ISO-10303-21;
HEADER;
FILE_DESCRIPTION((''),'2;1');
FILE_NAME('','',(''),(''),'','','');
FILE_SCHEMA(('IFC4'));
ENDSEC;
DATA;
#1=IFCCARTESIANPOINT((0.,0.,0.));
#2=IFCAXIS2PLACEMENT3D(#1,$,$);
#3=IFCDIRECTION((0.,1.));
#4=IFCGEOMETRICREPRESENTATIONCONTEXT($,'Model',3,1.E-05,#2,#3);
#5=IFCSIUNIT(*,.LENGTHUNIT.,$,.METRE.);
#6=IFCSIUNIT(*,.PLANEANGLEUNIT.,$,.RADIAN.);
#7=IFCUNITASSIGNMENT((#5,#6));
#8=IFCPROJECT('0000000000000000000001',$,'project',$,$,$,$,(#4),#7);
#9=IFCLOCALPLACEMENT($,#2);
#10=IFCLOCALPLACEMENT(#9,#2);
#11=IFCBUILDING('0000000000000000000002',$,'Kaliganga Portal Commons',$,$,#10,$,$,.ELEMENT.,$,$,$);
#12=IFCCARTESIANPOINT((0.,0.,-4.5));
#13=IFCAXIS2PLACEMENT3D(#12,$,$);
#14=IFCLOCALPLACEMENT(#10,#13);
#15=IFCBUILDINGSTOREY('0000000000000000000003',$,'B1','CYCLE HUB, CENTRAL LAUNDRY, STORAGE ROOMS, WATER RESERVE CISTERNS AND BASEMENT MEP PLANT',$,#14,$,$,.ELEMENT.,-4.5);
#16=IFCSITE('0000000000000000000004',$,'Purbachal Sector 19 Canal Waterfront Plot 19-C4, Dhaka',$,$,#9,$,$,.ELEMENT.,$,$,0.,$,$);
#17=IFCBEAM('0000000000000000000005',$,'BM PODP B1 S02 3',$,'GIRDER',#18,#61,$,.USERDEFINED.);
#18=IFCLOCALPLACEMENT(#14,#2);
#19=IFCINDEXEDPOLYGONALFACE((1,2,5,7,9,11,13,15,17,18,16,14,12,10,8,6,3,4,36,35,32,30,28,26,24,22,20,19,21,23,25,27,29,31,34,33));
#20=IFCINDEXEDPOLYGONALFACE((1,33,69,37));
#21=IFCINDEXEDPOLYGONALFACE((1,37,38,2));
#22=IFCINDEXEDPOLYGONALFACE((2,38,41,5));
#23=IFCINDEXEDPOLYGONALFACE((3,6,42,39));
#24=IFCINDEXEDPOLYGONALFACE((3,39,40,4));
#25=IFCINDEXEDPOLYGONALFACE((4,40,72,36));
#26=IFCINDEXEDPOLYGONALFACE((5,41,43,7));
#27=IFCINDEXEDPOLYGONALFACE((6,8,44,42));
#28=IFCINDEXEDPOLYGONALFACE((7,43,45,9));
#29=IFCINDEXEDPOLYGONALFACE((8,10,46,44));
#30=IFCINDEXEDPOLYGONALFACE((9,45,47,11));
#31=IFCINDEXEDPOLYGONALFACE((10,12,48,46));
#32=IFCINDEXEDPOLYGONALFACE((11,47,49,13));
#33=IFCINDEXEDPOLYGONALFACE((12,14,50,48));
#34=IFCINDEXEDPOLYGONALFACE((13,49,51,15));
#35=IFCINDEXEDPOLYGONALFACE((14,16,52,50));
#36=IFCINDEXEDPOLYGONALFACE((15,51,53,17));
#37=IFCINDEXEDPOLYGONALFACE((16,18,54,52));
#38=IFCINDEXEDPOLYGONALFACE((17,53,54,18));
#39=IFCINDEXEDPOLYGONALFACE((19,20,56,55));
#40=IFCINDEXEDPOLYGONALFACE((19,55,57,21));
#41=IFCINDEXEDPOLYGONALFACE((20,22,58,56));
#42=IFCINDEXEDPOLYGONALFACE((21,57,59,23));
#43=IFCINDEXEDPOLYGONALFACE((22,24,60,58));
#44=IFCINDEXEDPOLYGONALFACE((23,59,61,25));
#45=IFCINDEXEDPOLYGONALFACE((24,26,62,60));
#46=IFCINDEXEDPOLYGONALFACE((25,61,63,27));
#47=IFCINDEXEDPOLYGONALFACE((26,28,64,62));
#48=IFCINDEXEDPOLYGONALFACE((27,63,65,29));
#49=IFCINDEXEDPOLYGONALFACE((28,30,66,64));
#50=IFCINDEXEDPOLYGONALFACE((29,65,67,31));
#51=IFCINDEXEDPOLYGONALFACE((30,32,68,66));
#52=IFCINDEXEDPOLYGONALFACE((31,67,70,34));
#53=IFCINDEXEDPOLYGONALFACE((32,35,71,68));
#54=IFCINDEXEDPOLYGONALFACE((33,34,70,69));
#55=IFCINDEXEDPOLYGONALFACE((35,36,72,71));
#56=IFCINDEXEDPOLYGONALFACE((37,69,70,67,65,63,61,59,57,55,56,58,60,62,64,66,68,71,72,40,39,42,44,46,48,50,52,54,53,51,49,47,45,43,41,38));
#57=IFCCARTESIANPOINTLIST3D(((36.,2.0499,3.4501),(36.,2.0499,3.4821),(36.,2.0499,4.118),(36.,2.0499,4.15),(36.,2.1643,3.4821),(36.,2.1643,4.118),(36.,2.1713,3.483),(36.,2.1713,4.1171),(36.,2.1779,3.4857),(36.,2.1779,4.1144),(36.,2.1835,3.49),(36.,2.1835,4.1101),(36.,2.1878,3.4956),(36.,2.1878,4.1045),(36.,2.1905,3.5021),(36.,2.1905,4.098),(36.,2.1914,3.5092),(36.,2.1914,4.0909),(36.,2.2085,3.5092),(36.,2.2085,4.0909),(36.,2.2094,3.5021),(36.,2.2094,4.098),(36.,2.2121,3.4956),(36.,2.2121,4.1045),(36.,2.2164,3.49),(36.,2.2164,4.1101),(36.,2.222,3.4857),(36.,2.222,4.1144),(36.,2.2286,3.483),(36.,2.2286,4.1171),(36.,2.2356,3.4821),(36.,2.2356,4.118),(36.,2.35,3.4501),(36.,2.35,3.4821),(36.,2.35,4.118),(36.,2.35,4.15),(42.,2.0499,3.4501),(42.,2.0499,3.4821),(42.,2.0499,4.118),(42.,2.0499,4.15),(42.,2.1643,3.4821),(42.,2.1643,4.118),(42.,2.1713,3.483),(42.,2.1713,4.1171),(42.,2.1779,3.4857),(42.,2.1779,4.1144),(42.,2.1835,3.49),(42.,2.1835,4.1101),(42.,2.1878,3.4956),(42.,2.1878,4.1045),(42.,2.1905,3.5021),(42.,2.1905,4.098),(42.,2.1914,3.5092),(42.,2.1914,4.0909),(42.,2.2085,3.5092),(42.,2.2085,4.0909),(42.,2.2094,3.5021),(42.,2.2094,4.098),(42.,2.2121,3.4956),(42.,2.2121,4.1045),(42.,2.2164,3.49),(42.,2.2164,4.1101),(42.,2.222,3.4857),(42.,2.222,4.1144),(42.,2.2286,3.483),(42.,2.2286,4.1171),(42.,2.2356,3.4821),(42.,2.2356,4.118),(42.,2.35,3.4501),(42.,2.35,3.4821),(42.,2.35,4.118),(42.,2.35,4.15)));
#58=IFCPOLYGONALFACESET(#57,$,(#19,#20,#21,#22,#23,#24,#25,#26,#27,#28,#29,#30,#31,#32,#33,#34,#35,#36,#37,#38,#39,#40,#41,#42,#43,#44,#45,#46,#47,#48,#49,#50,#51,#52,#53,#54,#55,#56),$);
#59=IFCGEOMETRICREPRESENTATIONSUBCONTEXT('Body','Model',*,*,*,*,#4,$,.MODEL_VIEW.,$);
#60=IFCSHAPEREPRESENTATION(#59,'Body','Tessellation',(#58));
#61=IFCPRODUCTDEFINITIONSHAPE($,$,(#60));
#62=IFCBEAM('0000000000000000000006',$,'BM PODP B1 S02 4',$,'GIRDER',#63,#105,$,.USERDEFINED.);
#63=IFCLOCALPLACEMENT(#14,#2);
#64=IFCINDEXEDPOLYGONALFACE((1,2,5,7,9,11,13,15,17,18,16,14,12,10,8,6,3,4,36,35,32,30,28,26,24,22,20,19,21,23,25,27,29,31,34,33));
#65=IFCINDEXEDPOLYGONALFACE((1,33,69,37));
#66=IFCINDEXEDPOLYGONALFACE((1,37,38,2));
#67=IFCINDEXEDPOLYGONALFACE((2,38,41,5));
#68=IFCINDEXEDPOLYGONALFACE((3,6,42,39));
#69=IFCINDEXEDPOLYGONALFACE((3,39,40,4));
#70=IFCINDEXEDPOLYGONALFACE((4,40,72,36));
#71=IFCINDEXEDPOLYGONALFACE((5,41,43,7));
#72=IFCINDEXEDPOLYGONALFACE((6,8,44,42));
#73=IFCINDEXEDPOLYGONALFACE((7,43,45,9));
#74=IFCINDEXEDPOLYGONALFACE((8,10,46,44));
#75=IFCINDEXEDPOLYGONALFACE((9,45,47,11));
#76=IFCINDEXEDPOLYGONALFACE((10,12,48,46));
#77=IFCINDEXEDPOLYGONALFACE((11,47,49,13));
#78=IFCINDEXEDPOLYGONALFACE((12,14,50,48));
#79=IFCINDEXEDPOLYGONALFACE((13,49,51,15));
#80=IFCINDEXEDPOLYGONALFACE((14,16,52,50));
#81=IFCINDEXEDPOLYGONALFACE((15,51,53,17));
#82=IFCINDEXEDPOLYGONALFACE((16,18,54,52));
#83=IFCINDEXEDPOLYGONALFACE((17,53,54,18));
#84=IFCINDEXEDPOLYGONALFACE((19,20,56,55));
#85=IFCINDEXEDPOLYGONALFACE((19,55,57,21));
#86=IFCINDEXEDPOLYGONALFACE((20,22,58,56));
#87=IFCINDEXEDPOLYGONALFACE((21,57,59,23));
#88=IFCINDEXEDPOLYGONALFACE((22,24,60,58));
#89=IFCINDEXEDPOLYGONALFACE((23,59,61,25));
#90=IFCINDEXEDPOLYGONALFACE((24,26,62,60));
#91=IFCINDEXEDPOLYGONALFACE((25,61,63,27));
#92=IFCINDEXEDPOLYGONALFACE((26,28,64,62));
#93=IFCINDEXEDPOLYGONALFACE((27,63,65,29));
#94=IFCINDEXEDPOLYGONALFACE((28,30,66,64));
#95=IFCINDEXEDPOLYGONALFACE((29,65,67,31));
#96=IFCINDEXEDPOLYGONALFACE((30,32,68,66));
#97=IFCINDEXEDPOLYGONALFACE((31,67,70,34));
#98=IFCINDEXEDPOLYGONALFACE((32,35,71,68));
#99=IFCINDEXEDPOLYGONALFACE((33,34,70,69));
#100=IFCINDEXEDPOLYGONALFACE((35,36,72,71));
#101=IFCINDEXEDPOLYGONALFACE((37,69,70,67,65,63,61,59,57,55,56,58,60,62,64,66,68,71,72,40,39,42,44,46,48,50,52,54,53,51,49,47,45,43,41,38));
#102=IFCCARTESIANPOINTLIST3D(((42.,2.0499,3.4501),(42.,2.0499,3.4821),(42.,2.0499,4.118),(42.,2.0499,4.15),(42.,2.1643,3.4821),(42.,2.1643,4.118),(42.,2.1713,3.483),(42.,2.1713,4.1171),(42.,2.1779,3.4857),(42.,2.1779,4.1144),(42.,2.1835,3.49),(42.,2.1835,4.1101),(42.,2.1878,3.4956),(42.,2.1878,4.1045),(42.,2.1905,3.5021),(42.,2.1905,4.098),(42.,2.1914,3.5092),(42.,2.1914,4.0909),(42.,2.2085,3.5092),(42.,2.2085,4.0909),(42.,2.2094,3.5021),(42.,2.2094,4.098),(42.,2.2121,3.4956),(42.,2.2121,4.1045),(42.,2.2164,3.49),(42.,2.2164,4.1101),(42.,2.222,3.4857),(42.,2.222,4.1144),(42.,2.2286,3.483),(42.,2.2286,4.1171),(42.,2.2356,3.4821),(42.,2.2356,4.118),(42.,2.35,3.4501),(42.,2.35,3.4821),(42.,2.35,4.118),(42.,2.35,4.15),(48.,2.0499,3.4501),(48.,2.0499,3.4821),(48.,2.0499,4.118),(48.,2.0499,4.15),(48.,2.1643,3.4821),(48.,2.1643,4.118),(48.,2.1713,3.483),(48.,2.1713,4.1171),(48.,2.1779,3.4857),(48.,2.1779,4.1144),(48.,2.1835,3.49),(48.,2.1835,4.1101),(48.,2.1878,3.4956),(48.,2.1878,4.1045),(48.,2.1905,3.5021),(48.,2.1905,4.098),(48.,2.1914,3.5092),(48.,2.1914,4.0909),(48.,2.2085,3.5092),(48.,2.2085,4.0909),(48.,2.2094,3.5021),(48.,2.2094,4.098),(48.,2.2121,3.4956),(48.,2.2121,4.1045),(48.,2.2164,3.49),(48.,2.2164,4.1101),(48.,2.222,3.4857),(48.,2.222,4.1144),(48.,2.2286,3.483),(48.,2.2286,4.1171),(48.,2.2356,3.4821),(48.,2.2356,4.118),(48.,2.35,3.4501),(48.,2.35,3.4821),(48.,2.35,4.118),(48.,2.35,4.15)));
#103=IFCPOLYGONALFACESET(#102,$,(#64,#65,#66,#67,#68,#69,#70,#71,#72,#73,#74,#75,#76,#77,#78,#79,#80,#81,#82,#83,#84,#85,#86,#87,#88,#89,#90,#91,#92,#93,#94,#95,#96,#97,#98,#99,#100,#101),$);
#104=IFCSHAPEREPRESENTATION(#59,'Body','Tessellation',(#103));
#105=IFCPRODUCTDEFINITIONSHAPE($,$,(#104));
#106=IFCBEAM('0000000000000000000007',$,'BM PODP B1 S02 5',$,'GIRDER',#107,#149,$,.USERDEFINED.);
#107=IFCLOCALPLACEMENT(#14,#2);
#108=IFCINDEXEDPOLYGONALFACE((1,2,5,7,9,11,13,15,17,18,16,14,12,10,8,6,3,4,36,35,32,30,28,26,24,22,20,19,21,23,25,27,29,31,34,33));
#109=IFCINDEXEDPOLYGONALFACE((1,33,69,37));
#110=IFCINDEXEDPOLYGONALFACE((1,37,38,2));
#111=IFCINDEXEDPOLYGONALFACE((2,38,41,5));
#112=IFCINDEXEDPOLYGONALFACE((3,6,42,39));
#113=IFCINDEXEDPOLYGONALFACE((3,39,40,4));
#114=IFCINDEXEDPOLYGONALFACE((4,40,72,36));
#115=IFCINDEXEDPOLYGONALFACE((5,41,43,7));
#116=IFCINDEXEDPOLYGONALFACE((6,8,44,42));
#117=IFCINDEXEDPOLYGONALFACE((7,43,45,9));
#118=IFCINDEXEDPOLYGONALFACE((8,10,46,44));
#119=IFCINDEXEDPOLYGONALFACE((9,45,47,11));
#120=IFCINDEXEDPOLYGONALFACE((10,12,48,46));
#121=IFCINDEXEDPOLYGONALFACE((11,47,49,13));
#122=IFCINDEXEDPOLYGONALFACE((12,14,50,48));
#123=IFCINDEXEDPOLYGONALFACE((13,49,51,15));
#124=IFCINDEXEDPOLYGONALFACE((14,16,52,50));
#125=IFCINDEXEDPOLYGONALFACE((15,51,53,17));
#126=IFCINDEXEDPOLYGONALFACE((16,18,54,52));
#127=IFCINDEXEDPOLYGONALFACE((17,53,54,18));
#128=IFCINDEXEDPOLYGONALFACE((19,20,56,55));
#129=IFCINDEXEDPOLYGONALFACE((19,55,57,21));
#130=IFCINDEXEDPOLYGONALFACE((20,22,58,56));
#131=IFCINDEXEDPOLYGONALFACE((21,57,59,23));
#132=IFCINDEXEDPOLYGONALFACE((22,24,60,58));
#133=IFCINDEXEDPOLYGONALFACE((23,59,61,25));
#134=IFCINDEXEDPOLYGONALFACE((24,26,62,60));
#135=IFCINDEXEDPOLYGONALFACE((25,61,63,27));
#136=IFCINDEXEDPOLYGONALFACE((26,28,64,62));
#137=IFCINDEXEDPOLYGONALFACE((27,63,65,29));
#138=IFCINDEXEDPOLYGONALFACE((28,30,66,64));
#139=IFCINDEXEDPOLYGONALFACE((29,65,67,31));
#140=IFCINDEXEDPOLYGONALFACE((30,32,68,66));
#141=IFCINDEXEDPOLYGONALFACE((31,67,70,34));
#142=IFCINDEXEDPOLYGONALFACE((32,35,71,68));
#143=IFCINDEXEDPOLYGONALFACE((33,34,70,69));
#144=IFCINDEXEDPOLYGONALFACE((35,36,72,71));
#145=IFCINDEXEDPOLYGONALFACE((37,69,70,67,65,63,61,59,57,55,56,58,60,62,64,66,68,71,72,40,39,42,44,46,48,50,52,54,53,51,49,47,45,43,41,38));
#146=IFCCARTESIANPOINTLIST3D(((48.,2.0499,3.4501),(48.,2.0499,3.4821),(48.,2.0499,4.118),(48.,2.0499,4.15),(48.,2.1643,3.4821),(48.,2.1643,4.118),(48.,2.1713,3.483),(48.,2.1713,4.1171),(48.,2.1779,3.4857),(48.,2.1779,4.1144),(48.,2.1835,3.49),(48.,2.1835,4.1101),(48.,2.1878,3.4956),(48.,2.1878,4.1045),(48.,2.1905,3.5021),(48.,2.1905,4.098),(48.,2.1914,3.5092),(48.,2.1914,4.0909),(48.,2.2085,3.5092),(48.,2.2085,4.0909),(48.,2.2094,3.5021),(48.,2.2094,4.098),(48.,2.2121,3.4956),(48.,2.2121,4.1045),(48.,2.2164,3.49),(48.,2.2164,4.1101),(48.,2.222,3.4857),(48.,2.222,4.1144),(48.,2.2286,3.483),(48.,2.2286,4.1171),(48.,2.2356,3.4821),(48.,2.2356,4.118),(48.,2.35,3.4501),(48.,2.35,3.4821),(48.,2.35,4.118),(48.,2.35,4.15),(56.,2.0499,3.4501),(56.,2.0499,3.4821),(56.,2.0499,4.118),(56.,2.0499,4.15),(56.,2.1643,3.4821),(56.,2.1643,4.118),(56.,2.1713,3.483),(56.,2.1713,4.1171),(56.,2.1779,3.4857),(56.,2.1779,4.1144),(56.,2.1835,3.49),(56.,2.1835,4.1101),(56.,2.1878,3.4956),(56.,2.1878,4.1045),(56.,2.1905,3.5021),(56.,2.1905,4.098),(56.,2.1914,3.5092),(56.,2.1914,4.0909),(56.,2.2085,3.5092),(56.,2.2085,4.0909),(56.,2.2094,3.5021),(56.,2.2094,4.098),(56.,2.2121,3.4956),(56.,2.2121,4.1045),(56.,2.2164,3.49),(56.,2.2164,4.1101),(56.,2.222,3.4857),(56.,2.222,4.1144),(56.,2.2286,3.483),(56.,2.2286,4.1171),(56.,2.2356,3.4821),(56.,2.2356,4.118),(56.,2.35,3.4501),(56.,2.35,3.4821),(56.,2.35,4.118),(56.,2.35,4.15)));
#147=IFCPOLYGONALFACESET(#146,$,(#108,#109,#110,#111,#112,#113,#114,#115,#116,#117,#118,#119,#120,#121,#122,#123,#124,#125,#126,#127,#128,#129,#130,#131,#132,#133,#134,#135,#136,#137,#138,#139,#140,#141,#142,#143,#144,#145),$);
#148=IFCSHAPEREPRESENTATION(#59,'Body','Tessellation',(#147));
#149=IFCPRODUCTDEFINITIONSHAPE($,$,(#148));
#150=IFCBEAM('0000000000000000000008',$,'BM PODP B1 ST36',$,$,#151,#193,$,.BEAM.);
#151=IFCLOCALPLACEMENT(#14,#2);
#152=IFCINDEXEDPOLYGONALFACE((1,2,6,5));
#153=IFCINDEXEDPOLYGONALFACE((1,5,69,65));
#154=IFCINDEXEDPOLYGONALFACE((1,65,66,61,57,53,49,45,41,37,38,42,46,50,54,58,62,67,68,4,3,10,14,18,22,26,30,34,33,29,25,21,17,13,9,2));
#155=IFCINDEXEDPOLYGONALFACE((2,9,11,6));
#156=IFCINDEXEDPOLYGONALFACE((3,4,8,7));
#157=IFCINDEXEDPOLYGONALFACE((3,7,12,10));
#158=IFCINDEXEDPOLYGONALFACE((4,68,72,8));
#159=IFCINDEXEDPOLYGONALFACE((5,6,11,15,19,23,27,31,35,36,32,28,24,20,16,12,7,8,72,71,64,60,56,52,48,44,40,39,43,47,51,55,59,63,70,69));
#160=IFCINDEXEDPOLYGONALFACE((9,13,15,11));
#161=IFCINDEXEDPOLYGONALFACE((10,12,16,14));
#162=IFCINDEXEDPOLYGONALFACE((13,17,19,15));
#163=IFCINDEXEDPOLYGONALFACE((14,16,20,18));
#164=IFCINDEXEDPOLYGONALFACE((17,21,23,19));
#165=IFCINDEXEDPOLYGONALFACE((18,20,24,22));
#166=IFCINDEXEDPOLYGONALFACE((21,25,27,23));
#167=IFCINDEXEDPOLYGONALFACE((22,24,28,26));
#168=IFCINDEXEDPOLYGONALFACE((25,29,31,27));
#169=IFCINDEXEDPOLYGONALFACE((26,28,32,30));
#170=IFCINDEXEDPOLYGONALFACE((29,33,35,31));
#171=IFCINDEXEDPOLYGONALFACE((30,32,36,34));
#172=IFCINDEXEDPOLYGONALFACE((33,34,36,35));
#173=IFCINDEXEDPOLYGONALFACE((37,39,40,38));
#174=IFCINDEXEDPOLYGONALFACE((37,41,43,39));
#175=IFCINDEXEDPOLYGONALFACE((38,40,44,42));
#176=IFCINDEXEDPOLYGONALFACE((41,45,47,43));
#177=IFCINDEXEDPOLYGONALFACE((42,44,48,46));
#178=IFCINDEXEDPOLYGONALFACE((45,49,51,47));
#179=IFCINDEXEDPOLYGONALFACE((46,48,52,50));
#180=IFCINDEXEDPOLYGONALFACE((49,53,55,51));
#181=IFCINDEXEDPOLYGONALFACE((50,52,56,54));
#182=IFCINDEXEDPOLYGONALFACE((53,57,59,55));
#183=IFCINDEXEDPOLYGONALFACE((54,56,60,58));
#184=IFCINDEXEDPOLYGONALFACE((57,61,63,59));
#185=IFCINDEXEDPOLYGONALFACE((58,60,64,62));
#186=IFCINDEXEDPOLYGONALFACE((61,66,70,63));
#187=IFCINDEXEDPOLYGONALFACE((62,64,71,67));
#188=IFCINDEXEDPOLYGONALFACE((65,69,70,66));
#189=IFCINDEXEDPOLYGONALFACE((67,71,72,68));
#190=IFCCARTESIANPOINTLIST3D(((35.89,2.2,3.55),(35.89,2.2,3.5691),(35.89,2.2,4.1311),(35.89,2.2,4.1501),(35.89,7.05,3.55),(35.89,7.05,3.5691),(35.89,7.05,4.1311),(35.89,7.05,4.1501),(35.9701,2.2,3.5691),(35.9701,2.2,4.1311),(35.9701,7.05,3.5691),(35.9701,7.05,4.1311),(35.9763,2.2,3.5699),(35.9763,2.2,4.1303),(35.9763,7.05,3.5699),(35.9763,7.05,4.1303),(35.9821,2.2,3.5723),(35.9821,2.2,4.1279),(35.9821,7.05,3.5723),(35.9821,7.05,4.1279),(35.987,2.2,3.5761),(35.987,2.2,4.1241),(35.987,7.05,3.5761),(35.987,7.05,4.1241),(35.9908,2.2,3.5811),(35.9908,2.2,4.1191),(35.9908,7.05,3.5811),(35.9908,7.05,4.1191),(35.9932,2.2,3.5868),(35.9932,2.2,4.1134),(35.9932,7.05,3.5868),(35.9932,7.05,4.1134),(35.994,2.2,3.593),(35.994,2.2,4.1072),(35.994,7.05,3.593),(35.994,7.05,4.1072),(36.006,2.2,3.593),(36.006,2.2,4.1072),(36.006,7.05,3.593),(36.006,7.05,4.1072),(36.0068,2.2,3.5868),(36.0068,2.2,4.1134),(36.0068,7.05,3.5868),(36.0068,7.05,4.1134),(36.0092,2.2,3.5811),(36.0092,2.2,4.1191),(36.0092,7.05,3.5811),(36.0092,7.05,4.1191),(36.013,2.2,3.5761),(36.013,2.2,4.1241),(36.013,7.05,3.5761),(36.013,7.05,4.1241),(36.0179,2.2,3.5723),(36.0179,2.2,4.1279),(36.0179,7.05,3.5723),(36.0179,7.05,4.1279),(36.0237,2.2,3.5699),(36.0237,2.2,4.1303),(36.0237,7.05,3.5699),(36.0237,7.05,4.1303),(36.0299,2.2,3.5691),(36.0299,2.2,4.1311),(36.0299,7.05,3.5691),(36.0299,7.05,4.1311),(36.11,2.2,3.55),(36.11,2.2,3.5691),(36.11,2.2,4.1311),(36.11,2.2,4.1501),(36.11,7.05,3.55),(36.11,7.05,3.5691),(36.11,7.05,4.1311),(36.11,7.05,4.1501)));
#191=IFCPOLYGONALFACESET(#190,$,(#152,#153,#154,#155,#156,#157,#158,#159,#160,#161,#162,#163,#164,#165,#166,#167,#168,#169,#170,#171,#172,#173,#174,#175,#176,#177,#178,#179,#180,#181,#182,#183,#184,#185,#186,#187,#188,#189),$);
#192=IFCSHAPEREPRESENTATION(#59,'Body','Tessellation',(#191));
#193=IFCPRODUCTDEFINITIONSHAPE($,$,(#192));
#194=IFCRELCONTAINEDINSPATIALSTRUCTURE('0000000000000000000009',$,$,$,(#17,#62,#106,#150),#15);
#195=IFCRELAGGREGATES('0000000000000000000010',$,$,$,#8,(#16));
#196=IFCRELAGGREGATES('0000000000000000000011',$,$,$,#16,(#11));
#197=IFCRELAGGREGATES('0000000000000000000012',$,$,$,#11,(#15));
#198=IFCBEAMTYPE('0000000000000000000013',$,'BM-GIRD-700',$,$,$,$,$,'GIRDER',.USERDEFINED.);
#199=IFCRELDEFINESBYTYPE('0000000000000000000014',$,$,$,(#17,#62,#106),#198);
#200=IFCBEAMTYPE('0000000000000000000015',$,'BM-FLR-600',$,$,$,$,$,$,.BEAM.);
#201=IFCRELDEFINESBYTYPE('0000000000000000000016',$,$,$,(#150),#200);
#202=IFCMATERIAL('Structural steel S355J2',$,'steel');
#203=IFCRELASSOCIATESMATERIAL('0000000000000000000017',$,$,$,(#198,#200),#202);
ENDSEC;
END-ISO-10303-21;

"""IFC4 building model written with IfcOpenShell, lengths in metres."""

from ifc_helpers import new_model, si_unit, direction, frame, origin, origin_2d, place, context, subcontext, project, spatial, i_section, extrude, source, transform, mapped, material, material_profile, profile_set, type_object, element, save


model = new_model("IFC4")

# Units and contexts
model_context = context("Model", 3, precision=1e-05, world=origin(), true_north=direction((0.0, 1.0)))
body_context = subcontext(model_context, "Body", "Model", "MODEL_VIEW")
ifc_project = project(units=[si_unit("LENGTHUNIT", "METRE"), si_unit("PLANEANGLEUNIT", "RADIAN")], contexts=[model_context])

# Site, building, storey
site_placement = place(None, origin())
site = spatial("IfcSite", under=ifc_project, at=site_placement, Name="Purbachal Sector 19 Canal Waterfront Plot 19-C4, Dhaka", CompositionType="ELEMENT", RefElevation=0.0)
building_placement = place(site_placement, origin())
building = spatial("IfcBuilding", under=site, at=building_placement, Name="Kaliganga Portal Commons", CompositionType="ELEMENT")
storey_placement = place(building_placement, frame((0.0, 0.0, -4.5)))
storey = spatial("IfcBuildingStorey", under=building, at=storey_placement, Name="B1", Description="CYCLE HUB, CENTRAL LAUNDRY, STORAGE ROOMS, WATER RESERVE CISTERNS AND BASEMENT MEP PLANT", CompositionType="ELEMENT", Elevation=-4.5)

# Shared definitions
ifc_material_1 = material(Name="Structural steel S355J2", Category="steel")

# Beams
ifc_material_profile_1 = material_profile(ifc_material_1, i_section(OverallWidth=0.3, OverallDepth=0.7, WebThickness=0.0171, FlangeThickness=0.032, FilletRadius=0.0271, at=origin_2d()), Name="HE 700 B")
ifc_profile_set_1 = profile_set([ifc_material_profile_1], Name="Structural steel S355J2 wide-flange")
beam_type_1 = type_object("IfcBeamType", Name="BM-GIRD-700", ElementType="GIRDER", PredefinedType="USERDEFINED", material=ifc_profile_set_1)
shared_shape_1 = source(origin(), body_context, "Body", "SweptSolid", [
    extrude(i_section(OverallWidth=0.3, OverallDepth=0.7, WebThickness=0.0171, FlangeThickness=0.032, FilletRadius=0.0271, at=origin_2d()), origin(), (0.0, 0.0, 1.0), 6.0),
])
for number, where, z_axis, x_axis, name in (
    (1, (36.0, 2.2, 3.8), (1.0, 0.0, 0.0), (0.0, 1.0, 0.0), "BM PODP B1 S02 3"),
    (2, (42.0, 2.2, 3.8), (1.0, 0.0, 0.0), (0.0, 1.0, 0.0), "BM PODP B1 S02 4"),
):
    element("IfcBeam", number, at=place(storey_placement, frame(where, z_axis=z_axis, x_axis=x_axis)), inside=storey, type_object=beam_type_1, Name=name, ObjectType="GIRDER", PredefinedType="USERDEFINED", context=body_context, shape_type="MappedRepresentation", body=[
        mapped(shared_shape_1, transform((0.0, 0.0, 0.0), x_axis=(1.0, 0.0, 0.0), y_axis=(0.0, 1.0, 0.0), z_axis=(0.0, 0.0, 1.0), scale=1.0)),
    ])
shared_shape_2 = source(origin(), body_context, "Body", "SweptSolid", [
    extrude(i_section(OverallWidth=0.3, OverallDepth=0.7, WebThickness=0.0171, FlangeThickness=0.032, FilletRadius=0.0271, at=origin_2d()), origin(), (0.0, 0.0, 1.0), 8.0),
])
beam_1_placement = place(storey_placement, frame((48.0, 2.2, 3.8), z_axis=(1.0, 0.0, 0.0), x_axis=(0.0, 1.0, 0.0)))
element("IfcBeam", 3, at=beam_1_placement, inside=storey, type_object=beam_type_1, Name="BM PODP B1 S02 5", ObjectType="GIRDER", PredefinedType="USERDEFINED", context=body_context, shape_type="MappedRepresentation", body=[
    mapped(shared_shape_2, transform((0.0, 0.0, 0.0), x_axis=(1.0, 0.0, 0.0), y_axis=(0.0, 1.0, 0.0), z_axis=(0.0, 0.0, 1.0), scale=1.0)),
])
ifc_material_profile_2 = material_profile(ifc_material_1, i_section(OverallWidth=0.22, OverallDepth=0.6001, WebThickness=0.012, FlangeThickness=0.019, FilletRadius=0.0239, at=origin_2d()), Name="IPE 600")
ifc_profile_set_2 = profile_set([ifc_material_profile_2], Name="Structural steel S355J2 wide-flange")
beam_type_2 = type_object("IfcBeamType", Name="BM-FLR-600", PredefinedType="BEAM", material=ifc_profile_set_2)
shared_shape_3 = source(origin(), body_context, "Body", "SweptSolid", [
    extrude(i_section(OverallWidth=0.22, OverallDepth=0.6001, WebThickness=0.012, FlangeThickness=0.019, FilletRadius=0.0239, at=origin_2d()), origin(), (0.0, 0.0, 1.0), 4.8501),
])
beam_2_placement = place(storey_placement, frame((36.0, 2.2, 3.8501), z_axis=(0.0, 1.0, 0.0), x_axis=(-1.0, 0.0, 0.0)))
element("IfcBeam", 4, at=beam_2_placement, inside=storey, type_object=beam_type_2, Name="BM PODP B1 ST36", PredefinedType="BEAM", context=body_context, shape_type="MappedRepresentation", body=[
    mapped(shared_shape_3, transform((0.0, 0.0, 0.0), x_axis=(1.0, 0.0, 0.0), y_axis=(0.0, 1.0, 0.0), z_axis=(0.0, 0.0, 1.0), scale=1.0)),
])

save(model, "model.ifc")
